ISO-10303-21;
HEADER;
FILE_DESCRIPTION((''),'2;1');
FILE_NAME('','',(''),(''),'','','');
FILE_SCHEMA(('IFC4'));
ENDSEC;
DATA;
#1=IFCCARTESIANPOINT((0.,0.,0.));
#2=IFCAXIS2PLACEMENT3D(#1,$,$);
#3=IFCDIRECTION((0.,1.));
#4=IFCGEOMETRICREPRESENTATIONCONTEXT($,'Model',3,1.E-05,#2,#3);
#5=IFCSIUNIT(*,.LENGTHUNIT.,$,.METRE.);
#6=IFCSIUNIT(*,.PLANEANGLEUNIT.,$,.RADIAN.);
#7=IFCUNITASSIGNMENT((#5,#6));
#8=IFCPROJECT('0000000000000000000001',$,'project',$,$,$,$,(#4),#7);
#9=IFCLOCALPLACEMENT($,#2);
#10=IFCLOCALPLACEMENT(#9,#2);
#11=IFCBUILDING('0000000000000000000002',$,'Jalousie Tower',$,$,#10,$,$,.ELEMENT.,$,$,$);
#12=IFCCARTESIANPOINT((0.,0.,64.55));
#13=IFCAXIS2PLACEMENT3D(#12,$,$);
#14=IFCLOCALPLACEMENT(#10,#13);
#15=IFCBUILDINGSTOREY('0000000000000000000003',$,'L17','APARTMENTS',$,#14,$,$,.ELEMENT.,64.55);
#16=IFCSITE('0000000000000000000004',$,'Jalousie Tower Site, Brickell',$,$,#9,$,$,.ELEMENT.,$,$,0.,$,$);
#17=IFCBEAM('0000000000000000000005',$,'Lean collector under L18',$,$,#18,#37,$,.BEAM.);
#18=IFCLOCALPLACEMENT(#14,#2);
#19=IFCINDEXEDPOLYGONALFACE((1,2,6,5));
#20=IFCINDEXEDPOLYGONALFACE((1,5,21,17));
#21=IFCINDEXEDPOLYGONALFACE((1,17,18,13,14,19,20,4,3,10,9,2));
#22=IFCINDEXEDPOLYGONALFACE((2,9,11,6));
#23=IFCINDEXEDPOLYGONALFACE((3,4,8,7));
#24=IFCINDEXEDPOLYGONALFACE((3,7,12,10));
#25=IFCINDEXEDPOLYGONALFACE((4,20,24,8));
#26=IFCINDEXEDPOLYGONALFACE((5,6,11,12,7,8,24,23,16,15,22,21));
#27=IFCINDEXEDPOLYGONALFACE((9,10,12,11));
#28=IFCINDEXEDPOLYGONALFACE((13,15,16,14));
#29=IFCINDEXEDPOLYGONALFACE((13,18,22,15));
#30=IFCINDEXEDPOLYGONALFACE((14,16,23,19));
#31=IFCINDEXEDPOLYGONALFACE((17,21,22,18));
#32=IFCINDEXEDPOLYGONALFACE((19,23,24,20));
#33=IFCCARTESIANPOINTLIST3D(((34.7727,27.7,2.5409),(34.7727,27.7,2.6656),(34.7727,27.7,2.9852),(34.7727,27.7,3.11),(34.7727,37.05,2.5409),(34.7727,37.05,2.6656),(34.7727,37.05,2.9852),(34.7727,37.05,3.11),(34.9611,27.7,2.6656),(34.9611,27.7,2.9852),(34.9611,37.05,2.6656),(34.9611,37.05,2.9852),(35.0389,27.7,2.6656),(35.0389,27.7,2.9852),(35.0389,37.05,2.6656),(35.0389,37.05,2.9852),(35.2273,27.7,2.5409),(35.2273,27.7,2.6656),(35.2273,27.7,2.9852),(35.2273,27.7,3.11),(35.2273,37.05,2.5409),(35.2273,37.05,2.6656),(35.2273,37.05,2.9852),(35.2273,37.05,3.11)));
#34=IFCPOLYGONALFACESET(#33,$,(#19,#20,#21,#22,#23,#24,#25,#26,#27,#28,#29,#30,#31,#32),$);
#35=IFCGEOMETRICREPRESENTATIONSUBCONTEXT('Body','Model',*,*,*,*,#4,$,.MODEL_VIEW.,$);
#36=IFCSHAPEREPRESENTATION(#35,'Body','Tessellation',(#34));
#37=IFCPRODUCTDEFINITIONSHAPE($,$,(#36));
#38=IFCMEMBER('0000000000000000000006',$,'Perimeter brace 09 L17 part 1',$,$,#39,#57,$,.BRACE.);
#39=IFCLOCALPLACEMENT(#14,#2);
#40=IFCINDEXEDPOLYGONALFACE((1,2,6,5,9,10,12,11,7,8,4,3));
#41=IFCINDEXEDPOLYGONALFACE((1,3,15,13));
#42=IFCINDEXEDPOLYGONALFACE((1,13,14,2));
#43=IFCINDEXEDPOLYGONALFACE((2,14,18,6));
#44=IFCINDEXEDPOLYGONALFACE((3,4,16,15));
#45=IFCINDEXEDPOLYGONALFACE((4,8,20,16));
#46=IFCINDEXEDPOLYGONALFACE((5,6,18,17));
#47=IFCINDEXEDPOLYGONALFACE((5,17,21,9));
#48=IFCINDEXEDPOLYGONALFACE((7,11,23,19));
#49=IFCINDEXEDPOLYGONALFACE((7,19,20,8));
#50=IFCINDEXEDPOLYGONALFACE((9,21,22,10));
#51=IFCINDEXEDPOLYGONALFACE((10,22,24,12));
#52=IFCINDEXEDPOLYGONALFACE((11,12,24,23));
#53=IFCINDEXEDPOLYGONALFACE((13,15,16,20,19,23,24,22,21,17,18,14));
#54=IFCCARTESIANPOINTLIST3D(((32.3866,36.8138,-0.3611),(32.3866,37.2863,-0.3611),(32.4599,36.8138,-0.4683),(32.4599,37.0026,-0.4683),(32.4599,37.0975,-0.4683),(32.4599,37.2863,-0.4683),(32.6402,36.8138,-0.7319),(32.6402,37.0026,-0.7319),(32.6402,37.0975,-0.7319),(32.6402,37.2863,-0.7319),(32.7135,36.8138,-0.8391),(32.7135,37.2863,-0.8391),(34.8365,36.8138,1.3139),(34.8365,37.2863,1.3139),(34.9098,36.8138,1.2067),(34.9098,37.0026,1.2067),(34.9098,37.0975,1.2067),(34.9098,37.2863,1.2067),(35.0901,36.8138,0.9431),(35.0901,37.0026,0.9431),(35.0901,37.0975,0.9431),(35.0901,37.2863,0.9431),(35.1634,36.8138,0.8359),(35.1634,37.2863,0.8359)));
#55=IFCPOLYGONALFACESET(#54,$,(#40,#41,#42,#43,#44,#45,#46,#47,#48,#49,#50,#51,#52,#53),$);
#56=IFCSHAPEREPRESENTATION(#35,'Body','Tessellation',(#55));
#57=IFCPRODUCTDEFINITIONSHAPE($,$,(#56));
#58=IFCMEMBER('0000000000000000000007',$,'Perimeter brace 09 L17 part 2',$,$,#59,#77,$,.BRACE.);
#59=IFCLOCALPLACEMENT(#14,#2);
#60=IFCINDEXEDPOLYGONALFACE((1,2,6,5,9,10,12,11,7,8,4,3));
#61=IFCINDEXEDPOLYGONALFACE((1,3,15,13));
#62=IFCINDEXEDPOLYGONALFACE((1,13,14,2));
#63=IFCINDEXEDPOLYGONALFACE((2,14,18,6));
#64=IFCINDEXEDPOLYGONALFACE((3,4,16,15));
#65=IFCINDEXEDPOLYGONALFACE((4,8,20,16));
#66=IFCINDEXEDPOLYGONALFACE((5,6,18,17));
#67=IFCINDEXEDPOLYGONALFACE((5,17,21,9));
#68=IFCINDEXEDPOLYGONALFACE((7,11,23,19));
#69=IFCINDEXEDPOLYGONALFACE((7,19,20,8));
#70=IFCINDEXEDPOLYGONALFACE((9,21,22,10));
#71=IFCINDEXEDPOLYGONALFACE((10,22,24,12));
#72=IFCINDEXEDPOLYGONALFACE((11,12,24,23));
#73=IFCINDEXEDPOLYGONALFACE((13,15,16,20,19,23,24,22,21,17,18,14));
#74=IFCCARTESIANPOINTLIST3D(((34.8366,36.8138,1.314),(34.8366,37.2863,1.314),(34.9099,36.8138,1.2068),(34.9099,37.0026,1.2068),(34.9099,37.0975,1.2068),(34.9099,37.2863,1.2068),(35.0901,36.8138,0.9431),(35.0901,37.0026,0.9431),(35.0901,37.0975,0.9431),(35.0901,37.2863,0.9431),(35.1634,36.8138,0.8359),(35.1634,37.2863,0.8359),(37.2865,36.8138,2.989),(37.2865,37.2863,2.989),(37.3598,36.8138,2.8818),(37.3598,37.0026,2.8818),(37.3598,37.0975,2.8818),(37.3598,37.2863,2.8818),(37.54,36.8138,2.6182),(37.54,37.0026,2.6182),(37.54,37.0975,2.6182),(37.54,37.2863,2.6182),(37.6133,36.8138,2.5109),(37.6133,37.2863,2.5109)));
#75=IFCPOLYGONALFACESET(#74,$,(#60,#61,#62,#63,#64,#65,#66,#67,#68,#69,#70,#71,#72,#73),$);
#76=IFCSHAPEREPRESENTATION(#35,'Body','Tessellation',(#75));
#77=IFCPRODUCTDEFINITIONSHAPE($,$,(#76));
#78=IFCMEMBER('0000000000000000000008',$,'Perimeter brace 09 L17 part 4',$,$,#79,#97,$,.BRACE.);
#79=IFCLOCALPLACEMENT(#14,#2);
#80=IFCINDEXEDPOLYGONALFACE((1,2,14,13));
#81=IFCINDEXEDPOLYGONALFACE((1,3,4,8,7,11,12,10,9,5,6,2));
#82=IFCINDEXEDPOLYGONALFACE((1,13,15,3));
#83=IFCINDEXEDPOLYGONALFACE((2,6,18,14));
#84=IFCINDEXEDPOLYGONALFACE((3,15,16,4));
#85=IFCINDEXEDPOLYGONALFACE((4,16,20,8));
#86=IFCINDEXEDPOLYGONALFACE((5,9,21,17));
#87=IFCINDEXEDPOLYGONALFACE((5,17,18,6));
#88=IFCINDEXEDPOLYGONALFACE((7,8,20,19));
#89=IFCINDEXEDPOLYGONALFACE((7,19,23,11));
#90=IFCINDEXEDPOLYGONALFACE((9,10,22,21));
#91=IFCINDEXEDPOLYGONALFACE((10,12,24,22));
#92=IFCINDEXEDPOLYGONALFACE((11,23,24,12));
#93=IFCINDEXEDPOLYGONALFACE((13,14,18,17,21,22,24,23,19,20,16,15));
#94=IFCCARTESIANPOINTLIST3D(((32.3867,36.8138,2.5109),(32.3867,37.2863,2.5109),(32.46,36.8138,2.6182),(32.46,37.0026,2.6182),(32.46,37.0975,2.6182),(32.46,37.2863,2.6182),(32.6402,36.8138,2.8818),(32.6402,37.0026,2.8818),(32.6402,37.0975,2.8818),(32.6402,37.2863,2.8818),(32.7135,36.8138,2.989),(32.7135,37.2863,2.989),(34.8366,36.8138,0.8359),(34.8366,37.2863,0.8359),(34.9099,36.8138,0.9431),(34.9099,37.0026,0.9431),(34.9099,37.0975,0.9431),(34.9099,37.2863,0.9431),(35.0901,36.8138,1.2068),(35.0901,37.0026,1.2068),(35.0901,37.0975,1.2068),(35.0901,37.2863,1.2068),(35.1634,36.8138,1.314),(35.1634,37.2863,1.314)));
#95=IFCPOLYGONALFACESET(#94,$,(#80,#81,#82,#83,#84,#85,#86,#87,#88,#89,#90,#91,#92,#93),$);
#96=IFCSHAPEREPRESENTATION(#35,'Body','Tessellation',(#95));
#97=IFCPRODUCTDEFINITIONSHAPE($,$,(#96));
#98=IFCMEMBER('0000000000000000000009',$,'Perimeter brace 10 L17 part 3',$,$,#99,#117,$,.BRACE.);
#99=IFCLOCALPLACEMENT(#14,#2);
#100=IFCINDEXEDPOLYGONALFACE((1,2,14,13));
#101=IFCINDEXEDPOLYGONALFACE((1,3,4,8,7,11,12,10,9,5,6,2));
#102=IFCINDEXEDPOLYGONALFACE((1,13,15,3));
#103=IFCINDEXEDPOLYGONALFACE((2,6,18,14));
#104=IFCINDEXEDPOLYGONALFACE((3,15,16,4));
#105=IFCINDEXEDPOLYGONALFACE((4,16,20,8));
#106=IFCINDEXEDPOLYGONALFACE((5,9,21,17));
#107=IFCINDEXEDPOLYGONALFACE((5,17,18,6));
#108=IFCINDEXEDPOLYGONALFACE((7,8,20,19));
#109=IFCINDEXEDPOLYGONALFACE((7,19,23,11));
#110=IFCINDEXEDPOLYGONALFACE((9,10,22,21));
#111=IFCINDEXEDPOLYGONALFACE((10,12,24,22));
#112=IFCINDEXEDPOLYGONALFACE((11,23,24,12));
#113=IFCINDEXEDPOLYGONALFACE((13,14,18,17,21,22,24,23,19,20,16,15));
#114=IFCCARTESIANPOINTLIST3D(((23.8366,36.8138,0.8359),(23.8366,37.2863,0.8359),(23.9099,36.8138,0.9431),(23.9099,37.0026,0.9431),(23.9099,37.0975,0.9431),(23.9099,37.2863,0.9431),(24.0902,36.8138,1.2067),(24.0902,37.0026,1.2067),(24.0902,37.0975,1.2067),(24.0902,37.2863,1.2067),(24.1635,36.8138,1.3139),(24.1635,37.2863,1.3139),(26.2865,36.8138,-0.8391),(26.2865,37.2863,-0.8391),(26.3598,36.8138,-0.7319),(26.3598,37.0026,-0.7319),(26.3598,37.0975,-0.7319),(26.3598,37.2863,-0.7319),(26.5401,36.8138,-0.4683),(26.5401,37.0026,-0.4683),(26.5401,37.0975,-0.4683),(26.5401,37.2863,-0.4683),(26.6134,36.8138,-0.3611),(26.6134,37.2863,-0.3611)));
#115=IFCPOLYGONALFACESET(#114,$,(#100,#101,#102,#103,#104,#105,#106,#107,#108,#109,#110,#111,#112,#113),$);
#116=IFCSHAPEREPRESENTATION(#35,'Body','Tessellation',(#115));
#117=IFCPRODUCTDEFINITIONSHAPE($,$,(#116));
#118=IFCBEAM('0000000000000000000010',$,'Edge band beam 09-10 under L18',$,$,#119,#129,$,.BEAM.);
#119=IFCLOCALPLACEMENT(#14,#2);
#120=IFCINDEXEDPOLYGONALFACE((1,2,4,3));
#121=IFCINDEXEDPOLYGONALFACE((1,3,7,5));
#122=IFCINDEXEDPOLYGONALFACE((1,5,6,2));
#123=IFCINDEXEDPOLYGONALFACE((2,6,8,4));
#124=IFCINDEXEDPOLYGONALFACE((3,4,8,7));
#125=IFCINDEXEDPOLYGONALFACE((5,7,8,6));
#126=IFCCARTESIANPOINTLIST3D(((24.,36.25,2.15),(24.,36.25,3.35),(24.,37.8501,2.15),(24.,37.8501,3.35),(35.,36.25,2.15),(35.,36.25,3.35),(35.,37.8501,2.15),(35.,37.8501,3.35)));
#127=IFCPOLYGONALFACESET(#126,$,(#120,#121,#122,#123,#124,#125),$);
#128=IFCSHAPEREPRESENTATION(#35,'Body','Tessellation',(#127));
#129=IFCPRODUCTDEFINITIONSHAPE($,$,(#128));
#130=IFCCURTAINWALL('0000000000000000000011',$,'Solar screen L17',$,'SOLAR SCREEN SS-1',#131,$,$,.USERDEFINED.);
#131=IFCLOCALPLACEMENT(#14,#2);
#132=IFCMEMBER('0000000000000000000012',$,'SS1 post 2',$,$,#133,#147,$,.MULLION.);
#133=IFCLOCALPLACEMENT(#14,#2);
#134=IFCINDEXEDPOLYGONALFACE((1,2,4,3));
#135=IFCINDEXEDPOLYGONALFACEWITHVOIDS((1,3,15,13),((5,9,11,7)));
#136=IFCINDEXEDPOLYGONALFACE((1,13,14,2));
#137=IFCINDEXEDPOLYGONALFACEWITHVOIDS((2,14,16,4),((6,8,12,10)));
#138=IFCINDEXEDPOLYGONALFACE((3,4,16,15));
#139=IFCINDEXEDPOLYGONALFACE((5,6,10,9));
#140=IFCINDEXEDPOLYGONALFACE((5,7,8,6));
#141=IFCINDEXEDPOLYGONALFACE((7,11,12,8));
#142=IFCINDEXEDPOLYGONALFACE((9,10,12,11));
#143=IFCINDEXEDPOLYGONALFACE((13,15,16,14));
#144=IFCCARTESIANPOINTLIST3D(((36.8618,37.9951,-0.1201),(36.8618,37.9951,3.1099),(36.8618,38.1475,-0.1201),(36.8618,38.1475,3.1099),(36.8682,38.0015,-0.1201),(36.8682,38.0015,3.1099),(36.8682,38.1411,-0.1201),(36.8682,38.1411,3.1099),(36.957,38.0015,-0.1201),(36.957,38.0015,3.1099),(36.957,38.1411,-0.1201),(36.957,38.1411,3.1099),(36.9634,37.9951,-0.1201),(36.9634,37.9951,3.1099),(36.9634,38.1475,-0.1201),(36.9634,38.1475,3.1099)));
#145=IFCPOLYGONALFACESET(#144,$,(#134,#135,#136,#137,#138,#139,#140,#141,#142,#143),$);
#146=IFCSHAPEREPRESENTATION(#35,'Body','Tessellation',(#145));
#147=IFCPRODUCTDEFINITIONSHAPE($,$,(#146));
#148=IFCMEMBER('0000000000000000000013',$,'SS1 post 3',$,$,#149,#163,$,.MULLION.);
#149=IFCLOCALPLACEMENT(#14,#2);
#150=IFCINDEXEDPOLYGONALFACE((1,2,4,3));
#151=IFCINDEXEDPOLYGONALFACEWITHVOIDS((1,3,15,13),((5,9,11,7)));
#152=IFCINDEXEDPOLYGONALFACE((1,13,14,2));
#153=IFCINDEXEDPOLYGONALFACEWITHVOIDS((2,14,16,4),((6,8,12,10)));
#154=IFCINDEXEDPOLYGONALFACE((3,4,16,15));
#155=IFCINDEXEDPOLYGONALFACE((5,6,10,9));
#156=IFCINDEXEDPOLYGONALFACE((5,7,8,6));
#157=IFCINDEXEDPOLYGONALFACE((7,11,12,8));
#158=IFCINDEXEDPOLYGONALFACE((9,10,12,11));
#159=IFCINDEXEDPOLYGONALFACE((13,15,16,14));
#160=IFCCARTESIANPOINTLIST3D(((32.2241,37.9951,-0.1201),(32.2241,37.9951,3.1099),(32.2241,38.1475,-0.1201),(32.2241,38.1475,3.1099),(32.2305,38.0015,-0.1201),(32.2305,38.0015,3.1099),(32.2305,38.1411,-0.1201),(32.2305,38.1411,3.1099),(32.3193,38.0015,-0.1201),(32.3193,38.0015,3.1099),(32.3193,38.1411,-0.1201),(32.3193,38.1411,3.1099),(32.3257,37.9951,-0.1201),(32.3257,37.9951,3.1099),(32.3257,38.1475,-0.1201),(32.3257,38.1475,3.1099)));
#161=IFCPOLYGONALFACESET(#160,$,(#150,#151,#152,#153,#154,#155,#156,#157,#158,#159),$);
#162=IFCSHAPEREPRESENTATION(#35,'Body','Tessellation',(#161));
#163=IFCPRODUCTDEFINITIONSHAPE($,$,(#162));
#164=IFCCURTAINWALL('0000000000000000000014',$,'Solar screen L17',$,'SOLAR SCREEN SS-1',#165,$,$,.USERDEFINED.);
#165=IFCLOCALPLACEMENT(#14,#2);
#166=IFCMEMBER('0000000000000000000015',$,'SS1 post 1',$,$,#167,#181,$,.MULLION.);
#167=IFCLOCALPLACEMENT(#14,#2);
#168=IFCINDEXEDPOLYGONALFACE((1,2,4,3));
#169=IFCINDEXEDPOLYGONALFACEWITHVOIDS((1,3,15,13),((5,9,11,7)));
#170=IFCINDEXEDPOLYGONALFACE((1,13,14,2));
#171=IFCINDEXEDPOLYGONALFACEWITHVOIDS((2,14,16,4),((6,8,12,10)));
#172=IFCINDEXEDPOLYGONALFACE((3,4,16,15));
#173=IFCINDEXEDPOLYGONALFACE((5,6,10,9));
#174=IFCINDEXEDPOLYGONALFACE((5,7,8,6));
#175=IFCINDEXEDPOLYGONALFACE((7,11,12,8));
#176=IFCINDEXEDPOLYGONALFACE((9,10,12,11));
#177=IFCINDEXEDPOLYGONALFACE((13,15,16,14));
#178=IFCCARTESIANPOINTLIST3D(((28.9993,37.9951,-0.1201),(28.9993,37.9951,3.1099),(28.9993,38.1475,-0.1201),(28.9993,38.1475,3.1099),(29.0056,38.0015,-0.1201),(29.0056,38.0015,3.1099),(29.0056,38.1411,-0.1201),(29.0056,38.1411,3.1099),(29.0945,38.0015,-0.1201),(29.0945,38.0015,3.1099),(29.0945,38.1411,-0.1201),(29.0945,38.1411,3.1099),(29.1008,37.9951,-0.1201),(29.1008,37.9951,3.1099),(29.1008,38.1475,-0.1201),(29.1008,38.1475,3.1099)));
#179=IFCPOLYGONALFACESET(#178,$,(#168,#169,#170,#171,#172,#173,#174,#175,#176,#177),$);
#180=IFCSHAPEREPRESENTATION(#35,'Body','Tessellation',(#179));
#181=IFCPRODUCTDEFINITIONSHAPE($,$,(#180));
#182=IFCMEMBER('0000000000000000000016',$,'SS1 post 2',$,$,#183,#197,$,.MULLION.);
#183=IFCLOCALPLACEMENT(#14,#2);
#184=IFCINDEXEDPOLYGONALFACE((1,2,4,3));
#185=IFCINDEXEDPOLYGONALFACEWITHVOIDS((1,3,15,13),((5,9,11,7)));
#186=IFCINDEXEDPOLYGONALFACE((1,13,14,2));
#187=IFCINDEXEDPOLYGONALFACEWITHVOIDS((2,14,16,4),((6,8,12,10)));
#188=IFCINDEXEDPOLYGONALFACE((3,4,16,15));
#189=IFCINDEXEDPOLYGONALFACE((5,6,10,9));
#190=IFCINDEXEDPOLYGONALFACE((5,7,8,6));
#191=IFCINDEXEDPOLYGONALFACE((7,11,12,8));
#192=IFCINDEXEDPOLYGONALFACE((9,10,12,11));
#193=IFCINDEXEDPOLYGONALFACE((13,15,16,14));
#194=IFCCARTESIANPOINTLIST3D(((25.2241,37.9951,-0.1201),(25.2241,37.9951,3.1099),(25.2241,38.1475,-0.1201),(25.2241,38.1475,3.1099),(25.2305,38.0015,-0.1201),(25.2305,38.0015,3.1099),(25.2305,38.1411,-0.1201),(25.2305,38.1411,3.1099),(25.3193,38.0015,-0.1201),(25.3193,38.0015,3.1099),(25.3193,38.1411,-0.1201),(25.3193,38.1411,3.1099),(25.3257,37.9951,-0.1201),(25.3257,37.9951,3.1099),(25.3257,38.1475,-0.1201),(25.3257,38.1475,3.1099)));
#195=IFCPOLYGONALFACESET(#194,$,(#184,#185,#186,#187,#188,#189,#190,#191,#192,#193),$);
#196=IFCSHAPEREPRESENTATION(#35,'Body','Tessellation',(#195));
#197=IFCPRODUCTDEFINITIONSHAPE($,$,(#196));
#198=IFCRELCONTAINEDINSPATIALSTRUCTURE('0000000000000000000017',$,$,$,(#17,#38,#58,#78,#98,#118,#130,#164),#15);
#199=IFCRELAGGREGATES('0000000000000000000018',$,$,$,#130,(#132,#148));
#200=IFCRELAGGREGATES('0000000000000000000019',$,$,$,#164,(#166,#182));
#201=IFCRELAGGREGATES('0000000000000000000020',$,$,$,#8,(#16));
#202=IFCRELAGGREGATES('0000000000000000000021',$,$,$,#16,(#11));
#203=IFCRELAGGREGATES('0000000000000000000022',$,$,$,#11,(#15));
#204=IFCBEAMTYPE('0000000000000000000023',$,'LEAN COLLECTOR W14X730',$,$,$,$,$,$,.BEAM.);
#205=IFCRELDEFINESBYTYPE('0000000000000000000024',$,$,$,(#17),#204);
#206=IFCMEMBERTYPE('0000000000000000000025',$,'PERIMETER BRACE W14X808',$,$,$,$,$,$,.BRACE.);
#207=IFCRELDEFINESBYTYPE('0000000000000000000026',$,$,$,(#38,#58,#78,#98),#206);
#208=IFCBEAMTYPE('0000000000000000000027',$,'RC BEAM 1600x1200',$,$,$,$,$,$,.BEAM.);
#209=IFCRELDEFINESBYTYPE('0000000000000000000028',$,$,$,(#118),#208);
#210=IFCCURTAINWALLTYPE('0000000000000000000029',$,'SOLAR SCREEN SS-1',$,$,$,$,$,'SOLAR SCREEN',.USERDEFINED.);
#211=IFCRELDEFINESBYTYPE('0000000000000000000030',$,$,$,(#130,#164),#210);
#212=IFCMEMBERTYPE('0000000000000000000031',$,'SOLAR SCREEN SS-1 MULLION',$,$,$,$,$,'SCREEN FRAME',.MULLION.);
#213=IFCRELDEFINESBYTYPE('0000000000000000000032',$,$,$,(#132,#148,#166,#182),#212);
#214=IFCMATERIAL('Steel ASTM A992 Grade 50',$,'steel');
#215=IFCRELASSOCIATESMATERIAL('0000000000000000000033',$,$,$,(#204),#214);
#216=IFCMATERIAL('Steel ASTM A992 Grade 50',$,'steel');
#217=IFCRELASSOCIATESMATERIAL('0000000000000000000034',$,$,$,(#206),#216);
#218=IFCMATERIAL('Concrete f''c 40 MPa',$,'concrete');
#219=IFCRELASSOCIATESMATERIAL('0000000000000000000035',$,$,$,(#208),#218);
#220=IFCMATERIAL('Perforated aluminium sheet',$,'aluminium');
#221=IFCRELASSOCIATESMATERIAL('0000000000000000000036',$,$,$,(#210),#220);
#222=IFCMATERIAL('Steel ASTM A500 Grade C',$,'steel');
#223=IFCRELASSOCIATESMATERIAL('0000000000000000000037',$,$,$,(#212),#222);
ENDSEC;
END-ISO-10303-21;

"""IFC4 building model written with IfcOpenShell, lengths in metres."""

from ifc_helpers import new_model, si_unit, direction, frame, origin, origin_2d, place, context, subcontext, project, spatial, rectangle, hollow_rectangle, i_section, extrude, material, material_profile, profile_set, type_object, element, aggregate, save


model = new_model("IFC4")

# Units and contexts
model_context = context("Model", 3, precision=1e-05, world=origin(), true_north=direction((0.0, 1.0)))
body_context = subcontext(model_context, "Body", "Model", "MODEL_VIEW")
ifc_project = project(units=[si_unit("LENGTHUNIT", "METRE"), si_unit("PLANEANGLEUNIT", "RADIAN")], contexts=[model_context])

# Site, building, storey
site_placement = place(None, origin())
site = spatial("IfcSite", under=ifc_project, at=site_placement, Name="Jalousie Tower Site, Brickell", CompositionType="ELEMENT", RefElevation=0.0)
building_placement = place(site_placement, origin())
building = spatial("IfcBuilding", under=site, at=building_placement, Name="Jalousie Tower", CompositionType="ELEMENT")
storey_placement = place(building_placement, frame((0.0, 0.0, 64.55)))
storey = spatial("IfcBuildingStorey", under=building, at=storey_placement, Name="L17", Description="APARTMENTS", CompositionType="ELEMENT", Elevation=64.55)

# Beam
ifc_material_1 = material(Name="Steel ASTM A992 Grade 50", Category="steel")
ifc_material_profile_1 = material_profile(ifc_material_1, i_section(OverallWidth=0.4546, OverallDepth=0.5691, WebThickness=0.0779, FlangeThickness=0.1248, at=origin_2d()), Name="W14X730")
ifc_profile_set_1 = profile_set([ifc_material_profile_1], Name="Steel ASTM A992 Grade 50")
beam_type_1 = type_object("IfcBeamType", Name="LEAN COLLECTOR W14X730", PredefinedType="BEAM", material=ifc_profile_set_1)
beam_1_placement = place(storey_placement, frame((35.0, 37.05, 2.8254), z_axis=(0.0, -1.0, 0.0), x_axis=(1.0, 0.0, 0.0)))
element("IfcBeam", 1, at=beam_1_placement, inside=storey, type_object=beam_type_1, Name="Lean collector under L18", PredefinedType="BEAM", context=body_context, shape_type="SweptSolid", body=[
    extrude(i_section(OverallWidth=0.4546, OverallDepth=0.5691, WebThickness=0.0779, FlangeThickness=0.1248, at=origin_2d()), origin(), (0.0, 0.0, 1.0), 9.3501),
])

# Members
ifc_material_2 = material(Name="Steel ASTM A992 Grade 50", Category="steel")
ifc_material_profile_2 = material_profile(ifc_material_2, i_section(OverallWidth=0.4724, OverallDepth=0.5791, WebThickness=0.095, FlangeThickness=0.1299, at=origin_2d()), Name="W14X808")
ifc_profile_set_2 = profile_set([ifc_material_profile_2], Name="Steel ASTM A992 Grade 50")
member_type_1 = type_object("IfcMemberType", Name="PERIMETER BRACE W14X808", PredefinedType="BRACE", material=ifc_profile_set_2)
for number, where, z_axis, x_axis, name in (
    (2, (32.55, 37.05, -0.6001), (0.825501, 0.0, 0.564401), (0.0, 1.0, 0.0), "Perimeter brace 09 L17 part 1"),
    (3, (35.0, 37.05, 1.075), (0.825501, 0.0, 0.564401), (0.0, 1.0, 0.0), "Perimeter brace 09 L17 part 2"),
    (4, (35.0, 37.05, 1.075), (-0.825501, 0.0, 0.564401), (0.0, -1.0, 0.0), "Perimeter brace 09 L17 part 4"),
    (5, (26.45, 37.05, -0.6001), (-0.825501, 0.0, 0.564401), (0.0, -1.0, 0.0), "Perimeter brace 10 L17 part 3"),
):
    element("IfcMember", number, at=place(storey_placement, frame(where, z_axis=z_axis, x_axis=x_axis)), inside=storey, type_object=member_type_1, Name=name, PredefinedType="BRACE", context=body_context, shape_type="SweptSolid", body=[
        extrude(i_section(OverallWidth=0.4724, OverallDepth=0.5791, WebThickness=0.095, FlangeThickness=0.1299, at=origin_2d()), origin(), (0.0, 0.0, 1.0), 2.9678),
    ])

# Beam
ifc_material_3 = material(Name="Concrete f'c 40 MPa", Category="concrete")
ifc_material_profile_3 = material_profile(ifc_material_3, rectangle(XDim=1.6001, YDim=1.2, at=origin_2d()), Name="RC 1600x1200")
ifc_profile_set_3 = profile_set([ifc_material_profile_3], Name="Concrete f'c 40 MPa")
beam_type_2 = type_object("IfcBeamType", Name="RC BEAM 1600x1200", PredefinedType="BEAM", material=ifc_profile_set_3)
beam_2_placement = place(storey_placement, frame((35.0, 37.05, 2.75), z_axis=(-1.0, 0.0, 0.0), x_axis=(0.0, -1.0, 0.0)))
element("IfcBeam", 6, at=beam_2_placement, inside=storey, type_object=beam_type_2, Name="Edge band beam 09-10 under L18", PredefinedType="BEAM", context=body_context, shape_type="SweptSolid", body=[
    extrude(rectangle(XDim=1.6001, YDim=1.2, at=origin_2d()), origin(), (0.0, 0.0, 1.0), 11.0),
])

# Curtain walls, members
ifc_material_4 = material(Name="Perforated aluminium sheet", Category="aluminium")
curtain_wall_type = type_object("IfcCurtainWallType", Name="SOLAR SCREEN SS-1", ElementType="SOLAR SCREEN", PredefinedType="USERDEFINED", material=ifc_material_4)
curtain_wall_1_placement = place(storey_placement, origin())
curtain_wall_1 = element("IfcCurtainWall", 7, at=curtain_wall_1_placement, inside=storey, type_object=curtain_wall_type, Name="Solar screen L17", ObjectType="SOLAR SCREEN SS-1", PredefinedType="USERDEFINED")
ifc_material_5 = material(Name="Steel ASTM A500 Grade C", Category="steel")
ifc_material_profile_4 = material_profile(ifc_material_5, hollow_rectangle(XDim=0.1016, YDim=0.1523, WallThickness=0.0063, at=origin_2d()), Name="HSS6X4X1/4")
ifc_profile_set_4 = profile_set([ifc_material_profile_4], Name="Steel ASTM A500 Grade C")
member_type_2 = type_object("IfcMemberType", Name="SOLAR SCREEN SS-1 MULLION", ElementType="SCREEN FRAME", PredefinedType="MULLION", material=ifc_profile_set_4)
member_1_placement = place(storey_placement, frame((36.9126, 38.0713, -0.1201), z_axis=(0.0, 0.0, 1.0), x_axis=(-1.0, 0.0, 0.0)))
member_1 = element("IfcMember", 8, at=member_1_placement, type_object=member_type_2, Name="SS1 post 2", PredefinedType="MULLION", context=body_context, shape_type="SweptSolid", body=[
    extrude(hollow_rectangle(XDim=0.1016, YDim=0.1523, WallThickness=0.0063, at=origin_2d()), origin(), (0.0, 0.0, 1.0), 3.23),
])
member_2_placement = place(storey_placement, frame((32.2749, 38.0713, -0.1201), z_axis=(0.0, 0.0, 1.0), x_axis=(-1.0, 0.0, 0.0)))
member_2 = element("IfcMember", 9, at=member_2_placement, type_object=member_type_2, Name="SS1 post 3", PredefinedType="MULLION", context=body_context, shape_type="SweptSolid", body=[
    extrude(hollow_rectangle(XDim=0.1016, YDim=0.1523, WallThickness=0.0063, at=origin_2d()), origin(), (0.0, 0.0, 1.0), 3.23),
])
curtain_wall_2_placement = place(storey_placement, origin())
curtain_wall_2 = element("IfcCurtainWall", 10, at=curtain_wall_2_placement, inside=storey, type_object=curtain_wall_type, Name="Solar screen L17", ObjectType="SOLAR SCREEN SS-1", PredefinedType="USERDEFINED")
member_3_placement = place(storey_placement, frame((29.05, 38.0713, -0.1201), z_axis=(0.0, 0.0, 1.0), x_axis=(-1.0, 0.0, 0.0)))
member_3 = element("IfcMember", 11, at=member_3_placement, type_object=member_type_2, Name="SS1 post 1", PredefinedType="MULLION", context=body_context, shape_type="SweptSolid", body=[
    extrude(hollow_rectangle(XDim=0.1016, YDim=0.1523, WallThickness=0.0063, at=origin_2d()), origin(), (0.0, 0.0, 1.0), 3.23),
])
member_4_placement = place(storey_placement, frame((25.2749, 38.0713, -0.1201), z_axis=(0.0, 0.0, 1.0), x_axis=(-1.0, 0.0, 0.0)))
member_4 = element("IfcMember", 12, at=member_4_placement, type_object=member_type_2, Name="SS1 post 2", PredefinedType="MULLION", context=body_context, shape_type="SweptSolid", body=[
    extrude(hollow_rectangle(XDim=0.1016, YDim=0.1523, WallThickness=0.0063, at=origin_2d()), origin(), (0.0, 0.0, 1.0), 3.23),
])

aggregate(curtain_wall_1, [member_1, member_2])
aggregate(curtain_wall_2, [member_3, member_4])

save(model, "model.ifc")
